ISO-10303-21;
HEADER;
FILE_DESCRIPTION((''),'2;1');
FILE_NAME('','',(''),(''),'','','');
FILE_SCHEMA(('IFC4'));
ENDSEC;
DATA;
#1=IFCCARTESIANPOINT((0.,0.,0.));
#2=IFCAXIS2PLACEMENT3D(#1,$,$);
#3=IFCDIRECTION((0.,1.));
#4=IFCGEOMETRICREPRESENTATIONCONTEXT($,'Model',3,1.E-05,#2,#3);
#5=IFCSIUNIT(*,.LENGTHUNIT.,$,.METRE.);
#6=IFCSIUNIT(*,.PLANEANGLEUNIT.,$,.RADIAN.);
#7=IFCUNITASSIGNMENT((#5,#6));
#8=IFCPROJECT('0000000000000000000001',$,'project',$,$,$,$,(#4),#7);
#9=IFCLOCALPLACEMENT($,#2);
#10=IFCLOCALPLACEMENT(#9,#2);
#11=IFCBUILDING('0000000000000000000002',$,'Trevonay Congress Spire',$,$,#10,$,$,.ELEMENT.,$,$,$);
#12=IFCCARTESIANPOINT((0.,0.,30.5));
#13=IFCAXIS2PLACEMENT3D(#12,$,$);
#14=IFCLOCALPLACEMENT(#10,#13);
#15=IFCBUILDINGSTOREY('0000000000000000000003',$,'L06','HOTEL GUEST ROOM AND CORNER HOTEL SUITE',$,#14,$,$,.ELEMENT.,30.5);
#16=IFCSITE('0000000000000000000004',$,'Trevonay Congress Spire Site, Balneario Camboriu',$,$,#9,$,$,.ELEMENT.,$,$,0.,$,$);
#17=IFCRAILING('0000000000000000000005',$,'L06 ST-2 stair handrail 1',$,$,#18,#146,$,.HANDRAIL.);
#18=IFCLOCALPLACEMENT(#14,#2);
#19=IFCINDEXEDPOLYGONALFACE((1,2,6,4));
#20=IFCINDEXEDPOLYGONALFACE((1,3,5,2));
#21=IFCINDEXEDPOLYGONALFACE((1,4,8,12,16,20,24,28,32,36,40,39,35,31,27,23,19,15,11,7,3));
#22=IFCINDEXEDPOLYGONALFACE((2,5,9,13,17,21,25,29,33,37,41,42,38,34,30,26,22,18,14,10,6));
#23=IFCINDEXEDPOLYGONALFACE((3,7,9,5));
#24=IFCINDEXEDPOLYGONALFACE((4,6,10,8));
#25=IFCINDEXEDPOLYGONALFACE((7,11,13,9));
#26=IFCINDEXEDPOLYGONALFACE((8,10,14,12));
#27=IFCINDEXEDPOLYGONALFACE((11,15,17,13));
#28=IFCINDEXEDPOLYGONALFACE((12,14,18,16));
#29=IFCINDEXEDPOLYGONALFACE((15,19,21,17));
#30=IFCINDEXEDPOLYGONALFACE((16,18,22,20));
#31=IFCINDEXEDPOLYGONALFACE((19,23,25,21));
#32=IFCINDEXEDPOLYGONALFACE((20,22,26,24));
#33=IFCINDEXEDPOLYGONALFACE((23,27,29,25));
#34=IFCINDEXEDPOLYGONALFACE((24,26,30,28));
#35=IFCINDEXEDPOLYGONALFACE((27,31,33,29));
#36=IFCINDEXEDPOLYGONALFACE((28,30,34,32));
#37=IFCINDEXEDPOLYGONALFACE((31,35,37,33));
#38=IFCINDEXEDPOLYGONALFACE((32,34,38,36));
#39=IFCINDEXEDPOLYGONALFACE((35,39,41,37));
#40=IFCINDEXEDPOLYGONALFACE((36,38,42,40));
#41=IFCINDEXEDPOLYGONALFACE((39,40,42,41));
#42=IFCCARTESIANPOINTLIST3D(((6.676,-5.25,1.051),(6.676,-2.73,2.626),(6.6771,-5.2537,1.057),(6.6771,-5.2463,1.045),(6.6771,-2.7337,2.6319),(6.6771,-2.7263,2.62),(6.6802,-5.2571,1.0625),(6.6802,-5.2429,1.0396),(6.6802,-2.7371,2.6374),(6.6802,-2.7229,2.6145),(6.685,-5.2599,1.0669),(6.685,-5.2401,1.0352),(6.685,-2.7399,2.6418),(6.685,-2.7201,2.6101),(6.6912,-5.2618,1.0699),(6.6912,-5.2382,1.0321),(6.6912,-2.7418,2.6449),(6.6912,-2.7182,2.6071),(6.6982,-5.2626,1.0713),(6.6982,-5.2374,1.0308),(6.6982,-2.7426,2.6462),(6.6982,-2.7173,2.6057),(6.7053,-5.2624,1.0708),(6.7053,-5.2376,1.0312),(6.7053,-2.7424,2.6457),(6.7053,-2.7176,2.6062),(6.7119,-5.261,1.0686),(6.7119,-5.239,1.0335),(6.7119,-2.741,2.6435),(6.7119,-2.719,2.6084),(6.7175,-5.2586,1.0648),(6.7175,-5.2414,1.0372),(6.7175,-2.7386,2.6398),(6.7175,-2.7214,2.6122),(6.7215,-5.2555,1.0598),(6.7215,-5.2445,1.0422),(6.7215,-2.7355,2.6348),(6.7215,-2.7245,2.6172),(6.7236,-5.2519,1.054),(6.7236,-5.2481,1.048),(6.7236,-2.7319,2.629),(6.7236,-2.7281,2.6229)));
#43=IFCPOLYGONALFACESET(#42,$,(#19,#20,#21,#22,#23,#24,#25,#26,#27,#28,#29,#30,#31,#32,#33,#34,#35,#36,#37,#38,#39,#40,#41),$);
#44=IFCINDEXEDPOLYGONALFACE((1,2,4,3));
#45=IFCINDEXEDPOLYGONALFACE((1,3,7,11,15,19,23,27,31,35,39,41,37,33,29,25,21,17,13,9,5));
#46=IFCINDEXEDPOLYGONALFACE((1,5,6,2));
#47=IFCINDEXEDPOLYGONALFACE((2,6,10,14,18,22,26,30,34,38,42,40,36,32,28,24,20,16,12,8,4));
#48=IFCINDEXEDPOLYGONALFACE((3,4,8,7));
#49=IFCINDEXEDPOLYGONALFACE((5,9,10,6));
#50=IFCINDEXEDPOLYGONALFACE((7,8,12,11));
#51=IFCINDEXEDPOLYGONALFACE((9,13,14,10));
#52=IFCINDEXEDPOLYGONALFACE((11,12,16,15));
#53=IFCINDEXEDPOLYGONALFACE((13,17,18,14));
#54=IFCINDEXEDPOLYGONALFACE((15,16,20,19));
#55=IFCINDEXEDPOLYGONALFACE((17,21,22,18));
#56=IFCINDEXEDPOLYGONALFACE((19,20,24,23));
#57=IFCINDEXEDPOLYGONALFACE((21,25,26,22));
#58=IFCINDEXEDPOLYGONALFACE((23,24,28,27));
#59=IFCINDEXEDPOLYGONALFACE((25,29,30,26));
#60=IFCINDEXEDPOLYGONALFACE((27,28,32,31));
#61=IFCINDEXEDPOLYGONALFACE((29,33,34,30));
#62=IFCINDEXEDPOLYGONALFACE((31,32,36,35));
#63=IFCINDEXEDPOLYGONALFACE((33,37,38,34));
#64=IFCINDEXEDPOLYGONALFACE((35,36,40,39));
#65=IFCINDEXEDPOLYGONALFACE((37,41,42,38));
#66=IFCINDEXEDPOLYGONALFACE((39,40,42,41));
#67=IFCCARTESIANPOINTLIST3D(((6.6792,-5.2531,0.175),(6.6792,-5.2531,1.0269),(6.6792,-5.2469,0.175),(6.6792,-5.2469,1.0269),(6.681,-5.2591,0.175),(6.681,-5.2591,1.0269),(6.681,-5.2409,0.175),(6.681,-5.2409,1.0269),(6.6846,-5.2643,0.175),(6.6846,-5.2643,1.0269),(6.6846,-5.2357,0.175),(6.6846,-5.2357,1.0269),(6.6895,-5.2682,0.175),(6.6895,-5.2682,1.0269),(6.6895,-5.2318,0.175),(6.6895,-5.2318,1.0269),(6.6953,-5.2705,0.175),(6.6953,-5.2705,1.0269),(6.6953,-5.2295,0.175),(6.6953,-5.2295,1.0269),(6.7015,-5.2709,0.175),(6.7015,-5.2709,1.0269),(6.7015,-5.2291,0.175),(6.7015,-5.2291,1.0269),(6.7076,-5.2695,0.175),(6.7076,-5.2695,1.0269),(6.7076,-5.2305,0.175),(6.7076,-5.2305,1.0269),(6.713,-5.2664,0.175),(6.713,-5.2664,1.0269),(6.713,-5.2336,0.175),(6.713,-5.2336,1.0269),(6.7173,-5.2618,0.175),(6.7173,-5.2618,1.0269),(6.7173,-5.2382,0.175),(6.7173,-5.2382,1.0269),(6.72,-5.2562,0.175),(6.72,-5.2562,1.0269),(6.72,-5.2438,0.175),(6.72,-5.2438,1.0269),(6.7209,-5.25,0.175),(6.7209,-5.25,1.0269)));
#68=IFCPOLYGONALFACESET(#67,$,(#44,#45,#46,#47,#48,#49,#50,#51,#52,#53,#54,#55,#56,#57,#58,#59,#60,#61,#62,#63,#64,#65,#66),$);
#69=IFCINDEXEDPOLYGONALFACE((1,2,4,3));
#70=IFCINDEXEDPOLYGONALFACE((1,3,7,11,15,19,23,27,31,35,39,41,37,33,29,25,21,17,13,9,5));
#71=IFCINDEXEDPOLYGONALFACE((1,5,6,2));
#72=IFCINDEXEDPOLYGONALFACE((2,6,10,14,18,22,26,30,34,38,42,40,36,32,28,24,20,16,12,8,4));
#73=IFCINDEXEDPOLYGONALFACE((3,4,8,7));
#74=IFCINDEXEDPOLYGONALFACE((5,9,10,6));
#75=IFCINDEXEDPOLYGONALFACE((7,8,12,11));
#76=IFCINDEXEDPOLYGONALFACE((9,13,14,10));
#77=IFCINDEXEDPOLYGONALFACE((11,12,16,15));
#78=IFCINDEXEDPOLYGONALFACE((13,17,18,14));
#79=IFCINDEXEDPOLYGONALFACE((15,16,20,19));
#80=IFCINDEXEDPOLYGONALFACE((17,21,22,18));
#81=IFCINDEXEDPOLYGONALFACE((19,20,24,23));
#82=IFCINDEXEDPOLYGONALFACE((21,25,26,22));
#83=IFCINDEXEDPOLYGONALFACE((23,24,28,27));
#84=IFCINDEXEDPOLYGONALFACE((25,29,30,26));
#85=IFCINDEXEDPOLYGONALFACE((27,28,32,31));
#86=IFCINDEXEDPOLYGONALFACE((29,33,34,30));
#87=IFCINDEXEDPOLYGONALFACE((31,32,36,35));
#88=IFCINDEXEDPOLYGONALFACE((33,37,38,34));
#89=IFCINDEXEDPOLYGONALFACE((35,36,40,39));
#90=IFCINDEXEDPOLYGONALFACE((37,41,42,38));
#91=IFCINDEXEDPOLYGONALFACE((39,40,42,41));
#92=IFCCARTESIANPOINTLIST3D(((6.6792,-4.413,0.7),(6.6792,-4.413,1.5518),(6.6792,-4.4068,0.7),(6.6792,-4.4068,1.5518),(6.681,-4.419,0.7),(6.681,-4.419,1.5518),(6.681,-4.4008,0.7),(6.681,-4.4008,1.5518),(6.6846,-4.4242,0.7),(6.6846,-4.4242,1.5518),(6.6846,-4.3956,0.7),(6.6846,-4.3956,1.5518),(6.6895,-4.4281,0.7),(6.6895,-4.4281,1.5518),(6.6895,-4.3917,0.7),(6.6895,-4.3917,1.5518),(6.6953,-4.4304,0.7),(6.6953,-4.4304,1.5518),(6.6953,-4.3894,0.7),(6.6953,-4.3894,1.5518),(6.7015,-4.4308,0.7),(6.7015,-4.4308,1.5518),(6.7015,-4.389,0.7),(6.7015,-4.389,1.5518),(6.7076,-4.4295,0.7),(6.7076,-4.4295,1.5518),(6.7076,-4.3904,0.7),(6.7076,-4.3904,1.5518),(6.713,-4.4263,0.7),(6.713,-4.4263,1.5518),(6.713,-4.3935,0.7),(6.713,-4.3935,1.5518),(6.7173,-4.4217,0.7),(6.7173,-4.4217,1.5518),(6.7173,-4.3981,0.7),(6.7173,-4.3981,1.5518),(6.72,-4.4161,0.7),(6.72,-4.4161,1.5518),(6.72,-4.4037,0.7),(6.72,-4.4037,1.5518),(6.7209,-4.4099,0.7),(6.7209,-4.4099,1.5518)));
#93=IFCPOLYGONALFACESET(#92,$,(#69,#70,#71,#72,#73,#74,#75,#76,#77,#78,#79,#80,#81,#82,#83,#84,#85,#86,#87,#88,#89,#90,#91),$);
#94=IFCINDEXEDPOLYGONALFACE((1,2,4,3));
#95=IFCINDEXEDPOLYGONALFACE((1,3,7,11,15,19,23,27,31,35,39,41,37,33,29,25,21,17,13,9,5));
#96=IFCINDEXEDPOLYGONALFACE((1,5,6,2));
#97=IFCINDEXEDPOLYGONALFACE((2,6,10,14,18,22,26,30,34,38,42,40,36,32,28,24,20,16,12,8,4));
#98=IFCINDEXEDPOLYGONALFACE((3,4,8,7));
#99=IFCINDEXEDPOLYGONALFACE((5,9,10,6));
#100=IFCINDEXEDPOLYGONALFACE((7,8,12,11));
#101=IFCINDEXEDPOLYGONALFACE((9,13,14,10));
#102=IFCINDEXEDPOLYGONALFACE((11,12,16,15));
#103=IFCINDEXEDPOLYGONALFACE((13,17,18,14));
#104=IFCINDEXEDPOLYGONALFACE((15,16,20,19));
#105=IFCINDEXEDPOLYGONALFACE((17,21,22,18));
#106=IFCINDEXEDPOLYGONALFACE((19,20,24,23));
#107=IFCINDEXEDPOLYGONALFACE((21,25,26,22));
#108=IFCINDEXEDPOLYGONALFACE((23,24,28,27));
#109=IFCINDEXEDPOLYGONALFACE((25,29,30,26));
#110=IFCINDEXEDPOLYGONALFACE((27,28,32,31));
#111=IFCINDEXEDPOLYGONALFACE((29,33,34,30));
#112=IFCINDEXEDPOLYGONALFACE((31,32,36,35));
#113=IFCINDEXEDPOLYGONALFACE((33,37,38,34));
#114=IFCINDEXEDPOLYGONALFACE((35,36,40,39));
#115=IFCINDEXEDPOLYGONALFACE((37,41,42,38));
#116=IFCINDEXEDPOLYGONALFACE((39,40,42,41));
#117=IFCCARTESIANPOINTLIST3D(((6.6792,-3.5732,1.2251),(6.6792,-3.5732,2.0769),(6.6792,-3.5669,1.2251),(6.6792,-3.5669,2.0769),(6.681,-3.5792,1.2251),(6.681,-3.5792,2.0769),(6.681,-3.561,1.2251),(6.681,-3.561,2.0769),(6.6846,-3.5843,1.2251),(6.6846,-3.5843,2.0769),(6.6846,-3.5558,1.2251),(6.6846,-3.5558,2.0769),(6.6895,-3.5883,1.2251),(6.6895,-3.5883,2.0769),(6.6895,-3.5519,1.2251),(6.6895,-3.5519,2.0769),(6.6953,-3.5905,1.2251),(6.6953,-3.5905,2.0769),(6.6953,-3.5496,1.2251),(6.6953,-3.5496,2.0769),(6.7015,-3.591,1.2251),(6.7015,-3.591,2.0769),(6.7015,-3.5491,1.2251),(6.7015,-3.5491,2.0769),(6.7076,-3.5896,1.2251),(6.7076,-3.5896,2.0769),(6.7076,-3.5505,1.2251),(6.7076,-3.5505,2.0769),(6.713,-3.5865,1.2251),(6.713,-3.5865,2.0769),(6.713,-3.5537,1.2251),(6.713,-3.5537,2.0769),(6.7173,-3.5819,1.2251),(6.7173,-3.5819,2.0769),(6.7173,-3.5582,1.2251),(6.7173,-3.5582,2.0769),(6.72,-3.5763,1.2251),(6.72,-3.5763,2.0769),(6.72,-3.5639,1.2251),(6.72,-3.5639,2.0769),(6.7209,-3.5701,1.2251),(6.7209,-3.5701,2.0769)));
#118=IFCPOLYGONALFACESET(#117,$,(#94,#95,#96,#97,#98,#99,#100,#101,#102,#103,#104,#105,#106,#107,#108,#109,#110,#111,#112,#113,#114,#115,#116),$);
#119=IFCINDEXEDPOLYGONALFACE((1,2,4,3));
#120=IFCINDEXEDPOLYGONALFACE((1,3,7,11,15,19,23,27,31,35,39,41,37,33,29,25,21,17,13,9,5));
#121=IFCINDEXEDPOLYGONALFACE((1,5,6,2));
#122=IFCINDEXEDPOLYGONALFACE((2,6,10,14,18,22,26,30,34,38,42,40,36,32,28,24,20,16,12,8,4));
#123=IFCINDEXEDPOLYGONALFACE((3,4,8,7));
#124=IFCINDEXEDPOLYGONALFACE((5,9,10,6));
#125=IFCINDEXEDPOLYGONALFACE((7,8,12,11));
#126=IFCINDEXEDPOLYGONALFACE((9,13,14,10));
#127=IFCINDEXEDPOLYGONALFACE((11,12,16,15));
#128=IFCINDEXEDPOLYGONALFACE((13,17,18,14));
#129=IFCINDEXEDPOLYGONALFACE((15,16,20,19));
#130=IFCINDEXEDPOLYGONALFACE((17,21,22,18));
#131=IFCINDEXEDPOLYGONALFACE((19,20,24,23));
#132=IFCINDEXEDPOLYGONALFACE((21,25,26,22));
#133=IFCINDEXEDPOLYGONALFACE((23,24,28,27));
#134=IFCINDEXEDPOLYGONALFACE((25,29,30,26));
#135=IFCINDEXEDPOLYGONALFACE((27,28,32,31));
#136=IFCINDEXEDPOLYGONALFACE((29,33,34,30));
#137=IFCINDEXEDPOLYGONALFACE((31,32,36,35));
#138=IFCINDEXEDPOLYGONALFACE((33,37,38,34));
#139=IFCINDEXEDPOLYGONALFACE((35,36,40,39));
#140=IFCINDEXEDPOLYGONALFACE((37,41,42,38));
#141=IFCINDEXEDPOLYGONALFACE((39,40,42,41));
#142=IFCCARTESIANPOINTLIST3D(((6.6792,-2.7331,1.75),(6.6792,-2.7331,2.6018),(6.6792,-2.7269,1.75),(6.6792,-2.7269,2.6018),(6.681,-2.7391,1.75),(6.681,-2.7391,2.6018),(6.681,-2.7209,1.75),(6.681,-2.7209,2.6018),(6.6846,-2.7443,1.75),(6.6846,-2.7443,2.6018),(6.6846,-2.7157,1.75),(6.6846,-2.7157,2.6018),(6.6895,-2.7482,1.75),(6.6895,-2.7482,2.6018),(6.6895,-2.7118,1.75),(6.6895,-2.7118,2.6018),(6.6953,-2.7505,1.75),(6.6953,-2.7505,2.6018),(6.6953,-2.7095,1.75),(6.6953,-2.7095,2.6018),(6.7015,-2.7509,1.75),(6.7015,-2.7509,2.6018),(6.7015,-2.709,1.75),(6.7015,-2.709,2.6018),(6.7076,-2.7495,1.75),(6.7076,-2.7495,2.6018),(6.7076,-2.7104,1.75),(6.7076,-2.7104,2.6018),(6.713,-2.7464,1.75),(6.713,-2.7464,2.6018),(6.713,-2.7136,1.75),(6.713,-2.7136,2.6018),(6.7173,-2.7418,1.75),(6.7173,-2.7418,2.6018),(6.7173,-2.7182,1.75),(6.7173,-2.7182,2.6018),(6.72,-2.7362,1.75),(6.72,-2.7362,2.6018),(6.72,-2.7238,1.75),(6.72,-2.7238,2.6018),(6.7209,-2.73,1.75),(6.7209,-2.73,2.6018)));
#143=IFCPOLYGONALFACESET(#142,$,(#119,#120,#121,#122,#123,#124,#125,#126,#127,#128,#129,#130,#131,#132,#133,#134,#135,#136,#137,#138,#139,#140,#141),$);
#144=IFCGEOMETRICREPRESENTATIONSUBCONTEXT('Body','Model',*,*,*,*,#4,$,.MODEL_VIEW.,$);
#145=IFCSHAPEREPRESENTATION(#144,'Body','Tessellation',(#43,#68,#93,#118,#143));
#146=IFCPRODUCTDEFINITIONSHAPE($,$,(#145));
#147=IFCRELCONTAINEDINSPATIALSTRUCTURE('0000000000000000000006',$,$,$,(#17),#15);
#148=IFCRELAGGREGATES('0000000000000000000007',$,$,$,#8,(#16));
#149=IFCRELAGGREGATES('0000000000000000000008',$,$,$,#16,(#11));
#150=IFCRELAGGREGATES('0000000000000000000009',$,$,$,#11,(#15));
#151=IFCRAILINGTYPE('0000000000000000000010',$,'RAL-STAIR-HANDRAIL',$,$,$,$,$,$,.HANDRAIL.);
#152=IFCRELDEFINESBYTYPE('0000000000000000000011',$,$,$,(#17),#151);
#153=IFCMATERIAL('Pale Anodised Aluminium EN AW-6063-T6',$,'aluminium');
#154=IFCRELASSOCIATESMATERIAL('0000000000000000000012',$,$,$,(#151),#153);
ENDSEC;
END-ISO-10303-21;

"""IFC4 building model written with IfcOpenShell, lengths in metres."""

from ifc_helpers import new_model, si_unit, direction, frame, origin, origin_2d, place, context, subcontext, project, spatial, circle, extrude, material, type_object, element, save


model = new_model("IFC4")

# Units and contexts
model_context = context("Model", 3, precision=1e-05, world=origin(), true_north=direction((0.0, 1.0)))
body_context = subcontext(model_context, "Body", "Model", "MODEL_VIEW")
ifc_project = project(units=[si_unit("LENGTHUNIT", "METRE"), si_unit("PLANEANGLEUNIT", "RADIAN")], contexts=[model_context])

# Site, building, storey
site_placement = place(None, origin())
site = spatial("IfcSite", under=ifc_project, at=site_placement, Name="Trevonay Congress Spire Site, Balneario Camboriu", CompositionType="ELEMENT", RefElevation=0.0)
building_placement = place(site_placement, origin())
building = spatial("IfcBuilding", under=site, at=building_placement, Name="Trevonay Congress Spire", CompositionType="ELEMENT")
storey_placement = place(building_placement, frame((0.0, 0.0, 30.5)))
storey = spatial("IfcBuildingStorey", under=building, at=storey_placement, Name="L06", Description="HOTEL GUEST ROOM AND CORNER HOTEL SUITE", CompositionType="ELEMENT", Elevation=30.5)

# Shared definitions
ifc_material_1 = material(Name="Pale Anodised Aluminium EN AW-6063-T6", Category="aluminium")

# Railing
railing_type_1 = type_object("IfcRailingType", Name="RAL-STAIR-HANDRAIL", PredefinedType="HANDRAIL", material=ifc_material_1)
railing_1_placement = place(storey_placement, frame((6.7, -5.25, 0.175)))
element("IfcRailing", 1, at=railing_1_placement, inside=storey, type_object=railing_type_1, Name="L06 ST-2 stair handrail 1", PredefinedType="HANDRAIL", context=body_context, shape_type="SweptSolid", body=[
    extrude(circle(Radius=0.0239, at=origin_2d()), frame((0.0, 0.0, 0.876), z_axis=(0.0, 0.848008, 0.529984), x_axis=(-1.0, 0.0, 0.0)), (0.0, 0.0, 1.0), 2.9717),
    extrude(circle(Radius=0.021, at=origin_2d()), origin(), (0.0, 0.0, 1.0), 0.8518),
    extrude(circle(Radius=0.021, at=origin_2d()), frame((0.0, 0.8401, 0.5249)), (0.0, 0.0, 1.0), 0.8518),
    extrude(circle(Radius=0.021, at=origin_2d()), frame((0.0, 1.6799, 1.05)), (0.0, 0.0, 1.0), 0.8518),
    extrude(circle(Radius=0.021, at=origin_2d()), frame((0.0, 2.52, 1.575)), (0.0, 0.0, 1.0), 0.8518),
])

save(model, "model.ifc")
